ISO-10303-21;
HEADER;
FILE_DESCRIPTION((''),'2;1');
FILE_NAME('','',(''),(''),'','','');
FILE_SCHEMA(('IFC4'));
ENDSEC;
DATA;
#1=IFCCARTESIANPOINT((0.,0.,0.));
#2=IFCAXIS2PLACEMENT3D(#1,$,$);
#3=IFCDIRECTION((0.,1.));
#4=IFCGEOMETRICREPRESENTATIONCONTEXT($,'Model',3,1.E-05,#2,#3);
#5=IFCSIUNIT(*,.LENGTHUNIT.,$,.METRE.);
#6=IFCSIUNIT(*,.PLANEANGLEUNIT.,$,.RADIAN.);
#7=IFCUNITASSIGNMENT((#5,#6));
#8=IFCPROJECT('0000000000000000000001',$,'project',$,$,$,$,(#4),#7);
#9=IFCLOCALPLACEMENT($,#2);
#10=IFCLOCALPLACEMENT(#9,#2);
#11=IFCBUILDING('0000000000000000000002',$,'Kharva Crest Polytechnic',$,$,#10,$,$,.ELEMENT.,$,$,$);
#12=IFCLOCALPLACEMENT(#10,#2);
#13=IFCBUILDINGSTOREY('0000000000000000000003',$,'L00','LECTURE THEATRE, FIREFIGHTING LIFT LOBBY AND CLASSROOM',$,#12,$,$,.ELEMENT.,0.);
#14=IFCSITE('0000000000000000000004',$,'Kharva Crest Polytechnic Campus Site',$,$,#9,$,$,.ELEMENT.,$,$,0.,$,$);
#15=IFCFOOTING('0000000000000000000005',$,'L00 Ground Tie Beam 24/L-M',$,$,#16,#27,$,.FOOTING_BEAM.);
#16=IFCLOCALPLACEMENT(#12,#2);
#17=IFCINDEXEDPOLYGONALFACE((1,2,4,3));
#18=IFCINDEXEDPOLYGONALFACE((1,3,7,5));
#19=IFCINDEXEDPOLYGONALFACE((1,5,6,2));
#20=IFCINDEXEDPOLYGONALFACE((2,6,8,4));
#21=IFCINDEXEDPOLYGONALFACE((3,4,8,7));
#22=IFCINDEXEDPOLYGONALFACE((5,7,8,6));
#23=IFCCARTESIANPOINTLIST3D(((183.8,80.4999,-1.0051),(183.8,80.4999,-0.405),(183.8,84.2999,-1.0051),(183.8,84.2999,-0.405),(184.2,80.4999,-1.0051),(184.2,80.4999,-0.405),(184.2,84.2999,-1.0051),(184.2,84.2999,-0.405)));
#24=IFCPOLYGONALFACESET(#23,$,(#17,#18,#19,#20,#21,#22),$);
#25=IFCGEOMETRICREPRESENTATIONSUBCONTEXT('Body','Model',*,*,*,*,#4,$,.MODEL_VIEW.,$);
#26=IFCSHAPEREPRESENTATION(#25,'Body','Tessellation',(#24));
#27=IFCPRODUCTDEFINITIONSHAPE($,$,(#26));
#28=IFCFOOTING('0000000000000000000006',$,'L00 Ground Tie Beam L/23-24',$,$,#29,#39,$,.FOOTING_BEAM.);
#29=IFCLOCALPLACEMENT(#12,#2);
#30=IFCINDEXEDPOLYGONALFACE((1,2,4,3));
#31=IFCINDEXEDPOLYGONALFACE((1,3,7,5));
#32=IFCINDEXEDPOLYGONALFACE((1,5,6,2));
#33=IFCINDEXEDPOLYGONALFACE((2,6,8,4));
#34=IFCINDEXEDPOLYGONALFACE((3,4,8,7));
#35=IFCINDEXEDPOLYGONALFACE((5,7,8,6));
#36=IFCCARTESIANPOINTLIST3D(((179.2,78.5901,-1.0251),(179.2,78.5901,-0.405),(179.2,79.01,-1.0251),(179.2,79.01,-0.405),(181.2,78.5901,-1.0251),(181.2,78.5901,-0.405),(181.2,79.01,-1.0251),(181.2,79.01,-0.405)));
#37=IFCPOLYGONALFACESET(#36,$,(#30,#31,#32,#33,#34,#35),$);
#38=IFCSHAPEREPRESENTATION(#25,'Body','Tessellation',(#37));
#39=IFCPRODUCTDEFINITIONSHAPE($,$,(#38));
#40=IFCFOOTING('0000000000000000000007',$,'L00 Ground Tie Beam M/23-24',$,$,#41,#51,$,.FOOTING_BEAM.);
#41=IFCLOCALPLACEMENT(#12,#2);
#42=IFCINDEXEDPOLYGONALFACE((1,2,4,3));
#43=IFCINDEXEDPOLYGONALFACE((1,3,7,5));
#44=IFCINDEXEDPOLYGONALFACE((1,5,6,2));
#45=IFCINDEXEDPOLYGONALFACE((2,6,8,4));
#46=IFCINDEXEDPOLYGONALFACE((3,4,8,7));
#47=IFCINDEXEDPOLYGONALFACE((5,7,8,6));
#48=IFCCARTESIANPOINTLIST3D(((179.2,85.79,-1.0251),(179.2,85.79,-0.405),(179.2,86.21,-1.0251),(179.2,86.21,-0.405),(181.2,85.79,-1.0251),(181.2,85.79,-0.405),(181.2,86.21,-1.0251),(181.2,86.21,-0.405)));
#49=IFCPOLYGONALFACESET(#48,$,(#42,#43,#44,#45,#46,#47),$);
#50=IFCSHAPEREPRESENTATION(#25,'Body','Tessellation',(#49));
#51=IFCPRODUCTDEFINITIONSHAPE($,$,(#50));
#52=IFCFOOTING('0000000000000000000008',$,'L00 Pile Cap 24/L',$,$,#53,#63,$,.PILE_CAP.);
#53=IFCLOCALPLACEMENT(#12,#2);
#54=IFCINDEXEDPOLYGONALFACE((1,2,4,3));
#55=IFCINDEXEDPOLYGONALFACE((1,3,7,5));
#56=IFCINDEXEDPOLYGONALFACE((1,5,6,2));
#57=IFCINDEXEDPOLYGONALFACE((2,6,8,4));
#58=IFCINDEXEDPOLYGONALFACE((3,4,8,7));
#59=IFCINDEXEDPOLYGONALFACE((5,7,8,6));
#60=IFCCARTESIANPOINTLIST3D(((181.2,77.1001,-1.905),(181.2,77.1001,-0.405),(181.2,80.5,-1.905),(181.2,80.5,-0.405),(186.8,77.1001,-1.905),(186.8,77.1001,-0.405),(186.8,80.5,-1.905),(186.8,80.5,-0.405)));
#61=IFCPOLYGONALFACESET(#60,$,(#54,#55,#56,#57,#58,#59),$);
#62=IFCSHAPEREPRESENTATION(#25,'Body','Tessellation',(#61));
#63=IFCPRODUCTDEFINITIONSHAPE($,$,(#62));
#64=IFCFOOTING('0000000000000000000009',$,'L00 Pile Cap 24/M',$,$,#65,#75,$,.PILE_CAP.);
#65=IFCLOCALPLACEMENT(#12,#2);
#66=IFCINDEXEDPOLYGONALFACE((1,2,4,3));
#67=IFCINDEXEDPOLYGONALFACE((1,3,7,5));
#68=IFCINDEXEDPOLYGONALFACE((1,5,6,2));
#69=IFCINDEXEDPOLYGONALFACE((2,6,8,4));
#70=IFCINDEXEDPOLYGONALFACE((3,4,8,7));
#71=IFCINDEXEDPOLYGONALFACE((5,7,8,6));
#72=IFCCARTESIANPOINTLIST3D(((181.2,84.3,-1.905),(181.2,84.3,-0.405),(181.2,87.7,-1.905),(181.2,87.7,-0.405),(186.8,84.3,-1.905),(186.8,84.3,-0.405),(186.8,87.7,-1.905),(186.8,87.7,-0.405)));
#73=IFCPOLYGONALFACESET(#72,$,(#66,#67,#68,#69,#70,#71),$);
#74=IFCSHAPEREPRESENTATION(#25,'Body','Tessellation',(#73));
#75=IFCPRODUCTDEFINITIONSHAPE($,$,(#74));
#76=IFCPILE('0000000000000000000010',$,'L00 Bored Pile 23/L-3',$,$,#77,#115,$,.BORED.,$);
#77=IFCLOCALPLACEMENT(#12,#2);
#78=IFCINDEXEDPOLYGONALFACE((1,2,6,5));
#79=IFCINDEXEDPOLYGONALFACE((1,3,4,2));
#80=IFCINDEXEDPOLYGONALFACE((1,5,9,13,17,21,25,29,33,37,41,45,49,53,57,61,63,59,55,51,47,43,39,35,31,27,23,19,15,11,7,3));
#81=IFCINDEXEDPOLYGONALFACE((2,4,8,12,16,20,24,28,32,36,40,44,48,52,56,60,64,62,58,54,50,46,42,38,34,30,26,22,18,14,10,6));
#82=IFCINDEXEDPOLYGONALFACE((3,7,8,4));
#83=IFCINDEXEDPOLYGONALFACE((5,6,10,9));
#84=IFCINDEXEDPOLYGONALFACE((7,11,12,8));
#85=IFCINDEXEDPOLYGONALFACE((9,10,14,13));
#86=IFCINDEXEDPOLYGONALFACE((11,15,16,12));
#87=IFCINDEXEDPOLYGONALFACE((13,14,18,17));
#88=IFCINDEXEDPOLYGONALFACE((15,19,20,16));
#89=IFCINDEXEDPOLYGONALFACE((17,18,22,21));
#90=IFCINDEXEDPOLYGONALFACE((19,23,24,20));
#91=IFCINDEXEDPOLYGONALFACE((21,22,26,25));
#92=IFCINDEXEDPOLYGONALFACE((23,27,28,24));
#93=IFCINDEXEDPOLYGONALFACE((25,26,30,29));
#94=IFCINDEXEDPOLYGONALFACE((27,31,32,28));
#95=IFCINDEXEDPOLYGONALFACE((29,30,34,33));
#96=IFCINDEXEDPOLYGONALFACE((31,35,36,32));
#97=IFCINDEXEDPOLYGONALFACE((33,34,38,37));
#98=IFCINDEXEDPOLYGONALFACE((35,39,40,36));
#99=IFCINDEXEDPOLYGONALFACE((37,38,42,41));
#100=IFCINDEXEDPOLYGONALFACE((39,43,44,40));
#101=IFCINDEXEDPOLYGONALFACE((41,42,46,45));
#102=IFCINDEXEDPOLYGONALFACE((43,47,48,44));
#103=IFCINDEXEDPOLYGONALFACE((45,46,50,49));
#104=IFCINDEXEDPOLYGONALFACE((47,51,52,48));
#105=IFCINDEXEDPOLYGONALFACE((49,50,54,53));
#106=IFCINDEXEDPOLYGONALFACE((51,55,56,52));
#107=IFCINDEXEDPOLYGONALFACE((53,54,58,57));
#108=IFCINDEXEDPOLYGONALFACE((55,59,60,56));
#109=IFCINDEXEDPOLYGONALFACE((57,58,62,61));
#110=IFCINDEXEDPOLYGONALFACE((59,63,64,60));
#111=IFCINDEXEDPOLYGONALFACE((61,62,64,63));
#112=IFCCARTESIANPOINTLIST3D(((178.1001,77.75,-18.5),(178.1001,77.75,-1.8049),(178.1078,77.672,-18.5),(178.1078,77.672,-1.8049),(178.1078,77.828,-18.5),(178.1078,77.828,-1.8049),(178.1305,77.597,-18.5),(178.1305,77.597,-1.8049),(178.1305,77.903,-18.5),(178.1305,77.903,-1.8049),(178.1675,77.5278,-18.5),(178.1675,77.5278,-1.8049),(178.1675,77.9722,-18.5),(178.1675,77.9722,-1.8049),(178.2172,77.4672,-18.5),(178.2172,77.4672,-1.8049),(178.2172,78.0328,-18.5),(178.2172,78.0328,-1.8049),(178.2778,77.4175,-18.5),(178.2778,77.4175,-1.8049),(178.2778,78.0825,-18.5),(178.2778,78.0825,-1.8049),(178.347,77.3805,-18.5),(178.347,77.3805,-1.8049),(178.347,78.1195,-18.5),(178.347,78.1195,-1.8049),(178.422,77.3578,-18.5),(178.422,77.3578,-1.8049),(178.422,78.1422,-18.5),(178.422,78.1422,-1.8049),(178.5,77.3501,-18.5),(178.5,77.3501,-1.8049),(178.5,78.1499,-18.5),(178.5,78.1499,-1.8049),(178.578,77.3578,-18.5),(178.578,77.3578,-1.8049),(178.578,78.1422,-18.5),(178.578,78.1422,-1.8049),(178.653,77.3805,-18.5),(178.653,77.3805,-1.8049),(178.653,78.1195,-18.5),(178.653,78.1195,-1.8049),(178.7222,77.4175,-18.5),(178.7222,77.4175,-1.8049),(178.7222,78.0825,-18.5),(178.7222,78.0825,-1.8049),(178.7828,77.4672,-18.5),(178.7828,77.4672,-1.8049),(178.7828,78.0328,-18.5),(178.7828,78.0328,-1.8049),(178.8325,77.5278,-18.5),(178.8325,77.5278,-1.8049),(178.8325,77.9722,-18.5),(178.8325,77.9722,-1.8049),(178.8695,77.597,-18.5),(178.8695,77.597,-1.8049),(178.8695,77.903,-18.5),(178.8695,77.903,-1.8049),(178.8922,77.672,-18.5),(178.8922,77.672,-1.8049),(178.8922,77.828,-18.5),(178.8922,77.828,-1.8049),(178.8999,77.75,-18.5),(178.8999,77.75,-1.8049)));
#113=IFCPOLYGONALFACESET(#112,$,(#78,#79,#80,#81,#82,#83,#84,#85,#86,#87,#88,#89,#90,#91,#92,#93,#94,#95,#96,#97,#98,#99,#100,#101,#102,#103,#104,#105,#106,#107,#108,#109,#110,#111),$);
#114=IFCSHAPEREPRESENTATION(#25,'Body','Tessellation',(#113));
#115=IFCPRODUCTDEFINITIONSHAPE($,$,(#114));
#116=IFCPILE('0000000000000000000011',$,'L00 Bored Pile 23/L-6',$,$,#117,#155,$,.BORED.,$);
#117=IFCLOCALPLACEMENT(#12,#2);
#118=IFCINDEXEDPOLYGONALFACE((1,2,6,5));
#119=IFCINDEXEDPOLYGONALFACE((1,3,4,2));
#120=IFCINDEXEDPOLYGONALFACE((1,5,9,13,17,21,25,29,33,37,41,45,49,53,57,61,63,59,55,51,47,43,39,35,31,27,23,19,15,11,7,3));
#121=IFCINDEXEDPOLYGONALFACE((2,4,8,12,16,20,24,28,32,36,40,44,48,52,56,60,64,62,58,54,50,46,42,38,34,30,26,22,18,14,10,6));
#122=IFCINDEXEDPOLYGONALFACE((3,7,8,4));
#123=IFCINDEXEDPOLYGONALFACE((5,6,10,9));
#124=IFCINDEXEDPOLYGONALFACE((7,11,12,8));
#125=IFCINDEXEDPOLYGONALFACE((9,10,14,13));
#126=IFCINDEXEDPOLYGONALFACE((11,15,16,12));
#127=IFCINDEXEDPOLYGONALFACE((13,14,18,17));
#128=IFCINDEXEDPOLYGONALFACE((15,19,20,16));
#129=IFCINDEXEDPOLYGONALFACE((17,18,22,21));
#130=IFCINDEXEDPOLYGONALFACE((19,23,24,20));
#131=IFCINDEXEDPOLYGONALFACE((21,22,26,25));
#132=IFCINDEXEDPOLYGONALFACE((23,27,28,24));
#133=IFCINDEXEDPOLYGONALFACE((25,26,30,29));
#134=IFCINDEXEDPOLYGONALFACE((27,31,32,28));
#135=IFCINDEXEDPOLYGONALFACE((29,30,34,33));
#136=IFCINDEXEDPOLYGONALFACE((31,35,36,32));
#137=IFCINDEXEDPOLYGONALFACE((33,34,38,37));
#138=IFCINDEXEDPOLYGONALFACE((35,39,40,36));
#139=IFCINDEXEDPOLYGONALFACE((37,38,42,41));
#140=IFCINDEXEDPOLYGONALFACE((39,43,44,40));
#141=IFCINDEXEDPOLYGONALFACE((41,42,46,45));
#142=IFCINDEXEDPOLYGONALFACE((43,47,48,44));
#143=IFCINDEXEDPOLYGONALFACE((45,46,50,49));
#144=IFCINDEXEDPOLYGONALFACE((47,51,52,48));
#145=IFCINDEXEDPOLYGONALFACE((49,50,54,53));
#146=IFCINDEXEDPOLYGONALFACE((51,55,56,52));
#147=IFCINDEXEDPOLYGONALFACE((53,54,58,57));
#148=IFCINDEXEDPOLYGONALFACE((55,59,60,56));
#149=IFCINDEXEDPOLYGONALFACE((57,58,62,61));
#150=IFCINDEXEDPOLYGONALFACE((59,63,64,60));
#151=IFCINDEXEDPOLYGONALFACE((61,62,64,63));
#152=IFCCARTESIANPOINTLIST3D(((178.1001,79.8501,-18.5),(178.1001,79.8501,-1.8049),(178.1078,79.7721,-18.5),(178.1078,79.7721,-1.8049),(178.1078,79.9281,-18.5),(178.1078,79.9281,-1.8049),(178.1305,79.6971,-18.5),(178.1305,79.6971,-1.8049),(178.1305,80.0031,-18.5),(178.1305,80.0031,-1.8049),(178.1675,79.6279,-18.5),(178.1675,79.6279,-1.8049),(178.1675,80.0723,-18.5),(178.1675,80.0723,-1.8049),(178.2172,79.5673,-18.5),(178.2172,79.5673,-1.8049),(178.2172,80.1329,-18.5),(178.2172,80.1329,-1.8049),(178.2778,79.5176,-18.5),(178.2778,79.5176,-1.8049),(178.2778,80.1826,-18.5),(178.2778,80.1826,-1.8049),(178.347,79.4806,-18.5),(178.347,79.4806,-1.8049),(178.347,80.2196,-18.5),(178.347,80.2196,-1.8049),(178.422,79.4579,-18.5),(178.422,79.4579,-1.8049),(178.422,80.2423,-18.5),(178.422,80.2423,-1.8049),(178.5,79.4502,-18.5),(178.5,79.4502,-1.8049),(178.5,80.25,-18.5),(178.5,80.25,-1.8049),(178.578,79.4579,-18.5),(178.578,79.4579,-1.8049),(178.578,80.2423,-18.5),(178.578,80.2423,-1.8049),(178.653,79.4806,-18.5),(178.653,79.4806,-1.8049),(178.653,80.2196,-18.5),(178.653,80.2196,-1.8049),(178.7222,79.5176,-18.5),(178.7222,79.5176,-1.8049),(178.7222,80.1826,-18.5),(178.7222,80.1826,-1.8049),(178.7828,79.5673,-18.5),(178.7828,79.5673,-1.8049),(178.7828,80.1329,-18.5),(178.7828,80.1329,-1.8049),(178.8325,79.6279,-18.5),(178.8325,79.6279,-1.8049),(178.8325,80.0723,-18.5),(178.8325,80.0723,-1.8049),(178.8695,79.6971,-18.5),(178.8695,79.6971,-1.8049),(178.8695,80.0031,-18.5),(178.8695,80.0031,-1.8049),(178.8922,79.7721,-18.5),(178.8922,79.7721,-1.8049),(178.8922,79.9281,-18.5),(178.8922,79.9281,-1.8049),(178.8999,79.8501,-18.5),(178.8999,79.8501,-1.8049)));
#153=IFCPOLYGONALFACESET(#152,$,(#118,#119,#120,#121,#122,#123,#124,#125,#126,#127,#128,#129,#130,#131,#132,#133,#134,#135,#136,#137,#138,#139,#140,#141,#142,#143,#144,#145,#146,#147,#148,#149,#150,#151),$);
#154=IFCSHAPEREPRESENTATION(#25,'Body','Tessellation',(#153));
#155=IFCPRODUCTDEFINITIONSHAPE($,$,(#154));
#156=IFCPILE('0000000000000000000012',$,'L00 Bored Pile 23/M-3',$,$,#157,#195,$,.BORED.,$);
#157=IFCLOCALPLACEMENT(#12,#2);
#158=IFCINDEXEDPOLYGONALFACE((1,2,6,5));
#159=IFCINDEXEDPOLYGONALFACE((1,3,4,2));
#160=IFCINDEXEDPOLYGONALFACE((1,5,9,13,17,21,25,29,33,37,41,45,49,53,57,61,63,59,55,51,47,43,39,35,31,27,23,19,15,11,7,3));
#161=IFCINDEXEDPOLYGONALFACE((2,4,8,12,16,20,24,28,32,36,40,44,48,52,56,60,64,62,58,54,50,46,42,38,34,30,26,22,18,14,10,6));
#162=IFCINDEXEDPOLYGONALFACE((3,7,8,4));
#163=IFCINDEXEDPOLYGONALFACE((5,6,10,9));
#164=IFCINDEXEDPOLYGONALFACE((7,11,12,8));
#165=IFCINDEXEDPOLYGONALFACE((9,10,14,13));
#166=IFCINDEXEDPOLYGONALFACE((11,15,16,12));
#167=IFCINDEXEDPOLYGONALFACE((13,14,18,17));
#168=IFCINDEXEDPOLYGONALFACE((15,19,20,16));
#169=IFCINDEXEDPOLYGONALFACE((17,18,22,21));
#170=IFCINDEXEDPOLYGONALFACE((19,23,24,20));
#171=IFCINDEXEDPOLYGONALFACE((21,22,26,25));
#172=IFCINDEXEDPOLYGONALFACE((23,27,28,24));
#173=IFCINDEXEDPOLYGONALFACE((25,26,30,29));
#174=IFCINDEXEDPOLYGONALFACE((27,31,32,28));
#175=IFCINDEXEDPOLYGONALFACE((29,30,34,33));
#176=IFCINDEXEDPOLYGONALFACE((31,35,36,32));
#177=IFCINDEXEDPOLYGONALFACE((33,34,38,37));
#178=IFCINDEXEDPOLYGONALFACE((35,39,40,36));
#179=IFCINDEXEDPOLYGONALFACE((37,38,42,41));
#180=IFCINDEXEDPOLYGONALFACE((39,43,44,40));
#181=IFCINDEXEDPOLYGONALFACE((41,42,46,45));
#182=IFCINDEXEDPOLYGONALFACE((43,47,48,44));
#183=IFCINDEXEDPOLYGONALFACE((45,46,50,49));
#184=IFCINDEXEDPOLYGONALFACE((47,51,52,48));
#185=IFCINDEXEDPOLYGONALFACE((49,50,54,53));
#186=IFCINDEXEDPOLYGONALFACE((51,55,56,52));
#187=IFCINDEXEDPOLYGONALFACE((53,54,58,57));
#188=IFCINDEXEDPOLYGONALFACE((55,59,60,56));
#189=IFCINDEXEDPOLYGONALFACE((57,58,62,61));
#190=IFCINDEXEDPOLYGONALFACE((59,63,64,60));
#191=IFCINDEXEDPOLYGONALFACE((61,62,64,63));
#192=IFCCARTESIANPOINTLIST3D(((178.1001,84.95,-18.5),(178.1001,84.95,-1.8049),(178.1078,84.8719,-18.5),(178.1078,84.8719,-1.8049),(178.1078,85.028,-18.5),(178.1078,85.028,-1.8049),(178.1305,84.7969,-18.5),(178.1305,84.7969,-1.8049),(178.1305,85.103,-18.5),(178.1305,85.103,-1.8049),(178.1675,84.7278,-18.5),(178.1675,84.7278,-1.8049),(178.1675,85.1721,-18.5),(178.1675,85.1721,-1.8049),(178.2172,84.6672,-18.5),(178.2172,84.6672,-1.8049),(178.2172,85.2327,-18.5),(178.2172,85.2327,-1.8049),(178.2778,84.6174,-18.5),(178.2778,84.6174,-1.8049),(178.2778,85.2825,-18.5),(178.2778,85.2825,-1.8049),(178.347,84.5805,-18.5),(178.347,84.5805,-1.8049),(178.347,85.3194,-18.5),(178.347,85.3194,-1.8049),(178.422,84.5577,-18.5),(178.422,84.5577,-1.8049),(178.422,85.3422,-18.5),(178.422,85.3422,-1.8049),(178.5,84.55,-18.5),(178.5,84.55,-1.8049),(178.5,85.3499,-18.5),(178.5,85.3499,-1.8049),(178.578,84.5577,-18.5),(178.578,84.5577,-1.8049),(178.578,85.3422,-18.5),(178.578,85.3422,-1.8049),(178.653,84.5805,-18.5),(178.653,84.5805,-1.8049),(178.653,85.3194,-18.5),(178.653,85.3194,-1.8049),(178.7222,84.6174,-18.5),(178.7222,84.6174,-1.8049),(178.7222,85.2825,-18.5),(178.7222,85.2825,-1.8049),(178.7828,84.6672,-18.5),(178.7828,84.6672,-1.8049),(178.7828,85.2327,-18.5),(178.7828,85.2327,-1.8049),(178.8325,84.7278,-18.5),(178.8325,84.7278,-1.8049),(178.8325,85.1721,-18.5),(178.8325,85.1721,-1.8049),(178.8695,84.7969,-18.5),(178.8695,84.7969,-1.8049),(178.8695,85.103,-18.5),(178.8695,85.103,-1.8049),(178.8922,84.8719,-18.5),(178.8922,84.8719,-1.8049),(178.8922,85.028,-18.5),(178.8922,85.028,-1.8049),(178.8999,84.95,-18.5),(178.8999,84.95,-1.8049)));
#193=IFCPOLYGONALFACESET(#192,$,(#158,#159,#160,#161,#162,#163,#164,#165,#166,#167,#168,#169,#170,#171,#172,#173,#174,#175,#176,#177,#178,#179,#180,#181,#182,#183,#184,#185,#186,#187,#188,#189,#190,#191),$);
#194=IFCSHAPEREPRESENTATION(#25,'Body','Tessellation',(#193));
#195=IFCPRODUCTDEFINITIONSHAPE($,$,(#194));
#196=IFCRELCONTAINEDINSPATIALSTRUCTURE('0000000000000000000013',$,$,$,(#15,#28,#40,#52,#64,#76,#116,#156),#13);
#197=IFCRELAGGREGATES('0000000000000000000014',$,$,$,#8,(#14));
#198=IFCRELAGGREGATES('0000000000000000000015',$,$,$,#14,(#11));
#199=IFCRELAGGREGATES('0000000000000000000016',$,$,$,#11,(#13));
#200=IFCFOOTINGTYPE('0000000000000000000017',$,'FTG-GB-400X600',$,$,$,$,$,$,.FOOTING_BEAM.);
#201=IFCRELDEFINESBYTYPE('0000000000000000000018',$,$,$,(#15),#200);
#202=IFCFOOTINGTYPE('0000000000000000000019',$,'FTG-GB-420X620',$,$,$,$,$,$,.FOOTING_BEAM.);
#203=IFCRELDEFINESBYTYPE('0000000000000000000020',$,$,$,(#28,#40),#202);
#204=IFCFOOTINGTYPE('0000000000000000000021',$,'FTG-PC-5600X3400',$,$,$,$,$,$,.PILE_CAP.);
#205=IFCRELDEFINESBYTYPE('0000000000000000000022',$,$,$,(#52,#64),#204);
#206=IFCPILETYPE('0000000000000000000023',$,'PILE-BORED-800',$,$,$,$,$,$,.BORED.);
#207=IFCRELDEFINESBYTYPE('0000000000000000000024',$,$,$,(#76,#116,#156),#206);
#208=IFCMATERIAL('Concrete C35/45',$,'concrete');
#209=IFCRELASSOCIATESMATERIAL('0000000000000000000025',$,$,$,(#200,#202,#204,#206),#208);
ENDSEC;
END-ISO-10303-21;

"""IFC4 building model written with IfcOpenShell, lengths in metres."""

from ifc_helpers import new_model, si_unit, direction, frame, origin, origin_2d, place, context, subcontext, project, spatial, rectangle, circle, extrude, material, material_profile, profile_set, type_object, element, save


model = new_model("IFC4")

# Units and contexts
model_context = context("Model", 3, precision=1e-05, world=origin(), true_north=direction((0.0, 1.0)))
body_context = subcontext(model_context, "Body", "Model", "MODEL_VIEW")
ifc_project = project(units=[si_unit("LENGTHUNIT", "METRE"), si_unit("PLANEANGLEUNIT", "RADIAN")], contexts=[model_context])

# Site, building, storey
site_placement = place(None, origin())
site = spatial("IfcSite", under=ifc_project, at=site_placement, Name="Kharva Crest Polytechnic Campus Site", CompositionType="ELEMENT", RefElevation=0.0)
building_placement = place(site_placement, origin())
building = spatial("IfcBuilding", under=site, at=building_placement, Name="Kharva Crest Polytechnic", CompositionType="ELEMENT")
storey_placement = place(building_placement, origin())
storey = spatial("IfcBuildingStorey", under=building, at=storey_placement, Name="L00", Description="LECTURE THEATRE, FIREFIGHTING LIFT LOBBY AND CLASSROOM", CompositionType="ELEMENT", Elevation=0.0)

# Footings
ifc_material_1 = material(Name="Concrete C35/45", Category="concrete")
footing_type_1 = type_object("IfcFootingType", Name="FTG-GB-400X600", PredefinedType="FOOTING_BEAM", material=ifc_material_1)
footing_placement = place(storey_placement, frame((184.0, 82.3999, -1.0051), z_axis=(0.0, 0.0, 1.0), x_axis=(0.0, 1.0, 0.0)))
element("IfcFooting", 1, at=footing_placement, inside=storey, type_object=footing_type_1, Name="L00 Ground Tie Beam 24/L-M", PredefinedType="FOOTING_BEAM", context=body_context, shape_type="SweptSolid", body=[
    extrude(rectangle(XDim=3.8, YDim=0.3999, at=origin_2d()), origin(), (0.0, 0.0, 1.0), 0.6001),
])
footing_type_2 = type_object("IfcFootingType", Name="FTG-GB-420X620", PredefinedType="FOOTING_BEAM", material=ifc_material_1)
for number, where, z_axis, x_axis, name in (
    (2, (180.2, 78.8, -1.0251), (0.0, 0.0, 1.0), (1.0, 0.0, 0.0), "L00 Ground Tie Beam L/23-24"),
    (3, (180.2, 86.0, -1.0251), (0.0, 0.0, 1.0), (1.0, 0.0, 0.0), "L00 Ground Tie Beam M/23-24"),
):
    element("IfcFooting", number, at=place(storey_placement, frame(where, z_axis=z_axis, x_axis=x_axis)), inside=storey, type_object=footing_type_2, Name=name, PredefinedType="FOOTING_BEAM", context=body_context, shape_type="SweptSolid", body=[
        extrude(rectangle(XDim=2.0, YDim=0.4199, at=origin_2d()), origin(), (0.0, 0.0, 1.0), 0.6201),
    ])
footing_type_3 = type_object("IfcFootingType", Name="FTG-PC-5600X3400", PredefinedType="PILE_CAP", material=ifc_material_1)
for number, where, z_axis, x_axis, name in (
    (4, (184.0, 78.8, -1.905), (0.0, 0.0, 1.0), (1.0, 0.0, 0.0), "L00 Pile Cap 24/L"),
    (5, (184.0, 86.0, -1.905), (0.0, 0.0, 1.0), (1.0, 0.0, 0.0), "L00 Pile Cap 24/M"),
):
    element("IfcFooting", number, at=place(storey_placement, frame(where, z_axis=z_axis, x_axis=x_axis)), inside=storey, type_object=footing_type_3, Name=name, PredefinedType="PILE_CAP", context=body_context, shape_type="SweptSolid", body=[
        extrude(rectangle(XDim=5.6001, YDim=3.3999, at=origin_2d()), origin(), (0.0, 0.0, 1.0), 1.5),
    ])

# Piles
ifc_material_profile_1 = material_profile(ifc_material_1, circle(Radius=0.3999, at=origin_2d()), Name="DIA 800")
ifc_profile_set_1 = profile_set([ifc_material_profile_1], Name="Concrete C35/45")
pile_type = type_object("IfcPileType", Name="PILE-BORED-800", PredefinedType="BORED", material=ifc_profile_set_1)
for number, where, z_axis, x_axis, name in (
    (6, (178.5, 77.75, -1.8049), (0.0, 0.0, -1.0), (1.0, 0.0, 0.0), "L00 Bored Pile 23/L-3"),
    (7, (178.5, 79.8501, -1.8049), (0.0, 0.0, -1.0), (1.0, 0.0, 0.0), "L00 Bored Pile 23/L-6"),
    (8, (178.5, 84.95, -1.8049), (0.0, 0.0, -1.0), (1.0, 0.0, 0.0), "L00 Bored Pile 23/M-3"),
):
    element("IfcPile", number, at=place(storey_placement, frame(where, z_axis=z_axis, x_axis=x_axis)), inside=storey, type_object=pile_type, Name=name, PredefinedType="BORED", context=body_context, shape_type="SweptSolid", body=[
        extrude(circle(Radius=0.3999, at=origin_2d()), origin(), (0.0, 0.0, 1.0), 16.6951),
    ])

save(model, "model.ifc")
